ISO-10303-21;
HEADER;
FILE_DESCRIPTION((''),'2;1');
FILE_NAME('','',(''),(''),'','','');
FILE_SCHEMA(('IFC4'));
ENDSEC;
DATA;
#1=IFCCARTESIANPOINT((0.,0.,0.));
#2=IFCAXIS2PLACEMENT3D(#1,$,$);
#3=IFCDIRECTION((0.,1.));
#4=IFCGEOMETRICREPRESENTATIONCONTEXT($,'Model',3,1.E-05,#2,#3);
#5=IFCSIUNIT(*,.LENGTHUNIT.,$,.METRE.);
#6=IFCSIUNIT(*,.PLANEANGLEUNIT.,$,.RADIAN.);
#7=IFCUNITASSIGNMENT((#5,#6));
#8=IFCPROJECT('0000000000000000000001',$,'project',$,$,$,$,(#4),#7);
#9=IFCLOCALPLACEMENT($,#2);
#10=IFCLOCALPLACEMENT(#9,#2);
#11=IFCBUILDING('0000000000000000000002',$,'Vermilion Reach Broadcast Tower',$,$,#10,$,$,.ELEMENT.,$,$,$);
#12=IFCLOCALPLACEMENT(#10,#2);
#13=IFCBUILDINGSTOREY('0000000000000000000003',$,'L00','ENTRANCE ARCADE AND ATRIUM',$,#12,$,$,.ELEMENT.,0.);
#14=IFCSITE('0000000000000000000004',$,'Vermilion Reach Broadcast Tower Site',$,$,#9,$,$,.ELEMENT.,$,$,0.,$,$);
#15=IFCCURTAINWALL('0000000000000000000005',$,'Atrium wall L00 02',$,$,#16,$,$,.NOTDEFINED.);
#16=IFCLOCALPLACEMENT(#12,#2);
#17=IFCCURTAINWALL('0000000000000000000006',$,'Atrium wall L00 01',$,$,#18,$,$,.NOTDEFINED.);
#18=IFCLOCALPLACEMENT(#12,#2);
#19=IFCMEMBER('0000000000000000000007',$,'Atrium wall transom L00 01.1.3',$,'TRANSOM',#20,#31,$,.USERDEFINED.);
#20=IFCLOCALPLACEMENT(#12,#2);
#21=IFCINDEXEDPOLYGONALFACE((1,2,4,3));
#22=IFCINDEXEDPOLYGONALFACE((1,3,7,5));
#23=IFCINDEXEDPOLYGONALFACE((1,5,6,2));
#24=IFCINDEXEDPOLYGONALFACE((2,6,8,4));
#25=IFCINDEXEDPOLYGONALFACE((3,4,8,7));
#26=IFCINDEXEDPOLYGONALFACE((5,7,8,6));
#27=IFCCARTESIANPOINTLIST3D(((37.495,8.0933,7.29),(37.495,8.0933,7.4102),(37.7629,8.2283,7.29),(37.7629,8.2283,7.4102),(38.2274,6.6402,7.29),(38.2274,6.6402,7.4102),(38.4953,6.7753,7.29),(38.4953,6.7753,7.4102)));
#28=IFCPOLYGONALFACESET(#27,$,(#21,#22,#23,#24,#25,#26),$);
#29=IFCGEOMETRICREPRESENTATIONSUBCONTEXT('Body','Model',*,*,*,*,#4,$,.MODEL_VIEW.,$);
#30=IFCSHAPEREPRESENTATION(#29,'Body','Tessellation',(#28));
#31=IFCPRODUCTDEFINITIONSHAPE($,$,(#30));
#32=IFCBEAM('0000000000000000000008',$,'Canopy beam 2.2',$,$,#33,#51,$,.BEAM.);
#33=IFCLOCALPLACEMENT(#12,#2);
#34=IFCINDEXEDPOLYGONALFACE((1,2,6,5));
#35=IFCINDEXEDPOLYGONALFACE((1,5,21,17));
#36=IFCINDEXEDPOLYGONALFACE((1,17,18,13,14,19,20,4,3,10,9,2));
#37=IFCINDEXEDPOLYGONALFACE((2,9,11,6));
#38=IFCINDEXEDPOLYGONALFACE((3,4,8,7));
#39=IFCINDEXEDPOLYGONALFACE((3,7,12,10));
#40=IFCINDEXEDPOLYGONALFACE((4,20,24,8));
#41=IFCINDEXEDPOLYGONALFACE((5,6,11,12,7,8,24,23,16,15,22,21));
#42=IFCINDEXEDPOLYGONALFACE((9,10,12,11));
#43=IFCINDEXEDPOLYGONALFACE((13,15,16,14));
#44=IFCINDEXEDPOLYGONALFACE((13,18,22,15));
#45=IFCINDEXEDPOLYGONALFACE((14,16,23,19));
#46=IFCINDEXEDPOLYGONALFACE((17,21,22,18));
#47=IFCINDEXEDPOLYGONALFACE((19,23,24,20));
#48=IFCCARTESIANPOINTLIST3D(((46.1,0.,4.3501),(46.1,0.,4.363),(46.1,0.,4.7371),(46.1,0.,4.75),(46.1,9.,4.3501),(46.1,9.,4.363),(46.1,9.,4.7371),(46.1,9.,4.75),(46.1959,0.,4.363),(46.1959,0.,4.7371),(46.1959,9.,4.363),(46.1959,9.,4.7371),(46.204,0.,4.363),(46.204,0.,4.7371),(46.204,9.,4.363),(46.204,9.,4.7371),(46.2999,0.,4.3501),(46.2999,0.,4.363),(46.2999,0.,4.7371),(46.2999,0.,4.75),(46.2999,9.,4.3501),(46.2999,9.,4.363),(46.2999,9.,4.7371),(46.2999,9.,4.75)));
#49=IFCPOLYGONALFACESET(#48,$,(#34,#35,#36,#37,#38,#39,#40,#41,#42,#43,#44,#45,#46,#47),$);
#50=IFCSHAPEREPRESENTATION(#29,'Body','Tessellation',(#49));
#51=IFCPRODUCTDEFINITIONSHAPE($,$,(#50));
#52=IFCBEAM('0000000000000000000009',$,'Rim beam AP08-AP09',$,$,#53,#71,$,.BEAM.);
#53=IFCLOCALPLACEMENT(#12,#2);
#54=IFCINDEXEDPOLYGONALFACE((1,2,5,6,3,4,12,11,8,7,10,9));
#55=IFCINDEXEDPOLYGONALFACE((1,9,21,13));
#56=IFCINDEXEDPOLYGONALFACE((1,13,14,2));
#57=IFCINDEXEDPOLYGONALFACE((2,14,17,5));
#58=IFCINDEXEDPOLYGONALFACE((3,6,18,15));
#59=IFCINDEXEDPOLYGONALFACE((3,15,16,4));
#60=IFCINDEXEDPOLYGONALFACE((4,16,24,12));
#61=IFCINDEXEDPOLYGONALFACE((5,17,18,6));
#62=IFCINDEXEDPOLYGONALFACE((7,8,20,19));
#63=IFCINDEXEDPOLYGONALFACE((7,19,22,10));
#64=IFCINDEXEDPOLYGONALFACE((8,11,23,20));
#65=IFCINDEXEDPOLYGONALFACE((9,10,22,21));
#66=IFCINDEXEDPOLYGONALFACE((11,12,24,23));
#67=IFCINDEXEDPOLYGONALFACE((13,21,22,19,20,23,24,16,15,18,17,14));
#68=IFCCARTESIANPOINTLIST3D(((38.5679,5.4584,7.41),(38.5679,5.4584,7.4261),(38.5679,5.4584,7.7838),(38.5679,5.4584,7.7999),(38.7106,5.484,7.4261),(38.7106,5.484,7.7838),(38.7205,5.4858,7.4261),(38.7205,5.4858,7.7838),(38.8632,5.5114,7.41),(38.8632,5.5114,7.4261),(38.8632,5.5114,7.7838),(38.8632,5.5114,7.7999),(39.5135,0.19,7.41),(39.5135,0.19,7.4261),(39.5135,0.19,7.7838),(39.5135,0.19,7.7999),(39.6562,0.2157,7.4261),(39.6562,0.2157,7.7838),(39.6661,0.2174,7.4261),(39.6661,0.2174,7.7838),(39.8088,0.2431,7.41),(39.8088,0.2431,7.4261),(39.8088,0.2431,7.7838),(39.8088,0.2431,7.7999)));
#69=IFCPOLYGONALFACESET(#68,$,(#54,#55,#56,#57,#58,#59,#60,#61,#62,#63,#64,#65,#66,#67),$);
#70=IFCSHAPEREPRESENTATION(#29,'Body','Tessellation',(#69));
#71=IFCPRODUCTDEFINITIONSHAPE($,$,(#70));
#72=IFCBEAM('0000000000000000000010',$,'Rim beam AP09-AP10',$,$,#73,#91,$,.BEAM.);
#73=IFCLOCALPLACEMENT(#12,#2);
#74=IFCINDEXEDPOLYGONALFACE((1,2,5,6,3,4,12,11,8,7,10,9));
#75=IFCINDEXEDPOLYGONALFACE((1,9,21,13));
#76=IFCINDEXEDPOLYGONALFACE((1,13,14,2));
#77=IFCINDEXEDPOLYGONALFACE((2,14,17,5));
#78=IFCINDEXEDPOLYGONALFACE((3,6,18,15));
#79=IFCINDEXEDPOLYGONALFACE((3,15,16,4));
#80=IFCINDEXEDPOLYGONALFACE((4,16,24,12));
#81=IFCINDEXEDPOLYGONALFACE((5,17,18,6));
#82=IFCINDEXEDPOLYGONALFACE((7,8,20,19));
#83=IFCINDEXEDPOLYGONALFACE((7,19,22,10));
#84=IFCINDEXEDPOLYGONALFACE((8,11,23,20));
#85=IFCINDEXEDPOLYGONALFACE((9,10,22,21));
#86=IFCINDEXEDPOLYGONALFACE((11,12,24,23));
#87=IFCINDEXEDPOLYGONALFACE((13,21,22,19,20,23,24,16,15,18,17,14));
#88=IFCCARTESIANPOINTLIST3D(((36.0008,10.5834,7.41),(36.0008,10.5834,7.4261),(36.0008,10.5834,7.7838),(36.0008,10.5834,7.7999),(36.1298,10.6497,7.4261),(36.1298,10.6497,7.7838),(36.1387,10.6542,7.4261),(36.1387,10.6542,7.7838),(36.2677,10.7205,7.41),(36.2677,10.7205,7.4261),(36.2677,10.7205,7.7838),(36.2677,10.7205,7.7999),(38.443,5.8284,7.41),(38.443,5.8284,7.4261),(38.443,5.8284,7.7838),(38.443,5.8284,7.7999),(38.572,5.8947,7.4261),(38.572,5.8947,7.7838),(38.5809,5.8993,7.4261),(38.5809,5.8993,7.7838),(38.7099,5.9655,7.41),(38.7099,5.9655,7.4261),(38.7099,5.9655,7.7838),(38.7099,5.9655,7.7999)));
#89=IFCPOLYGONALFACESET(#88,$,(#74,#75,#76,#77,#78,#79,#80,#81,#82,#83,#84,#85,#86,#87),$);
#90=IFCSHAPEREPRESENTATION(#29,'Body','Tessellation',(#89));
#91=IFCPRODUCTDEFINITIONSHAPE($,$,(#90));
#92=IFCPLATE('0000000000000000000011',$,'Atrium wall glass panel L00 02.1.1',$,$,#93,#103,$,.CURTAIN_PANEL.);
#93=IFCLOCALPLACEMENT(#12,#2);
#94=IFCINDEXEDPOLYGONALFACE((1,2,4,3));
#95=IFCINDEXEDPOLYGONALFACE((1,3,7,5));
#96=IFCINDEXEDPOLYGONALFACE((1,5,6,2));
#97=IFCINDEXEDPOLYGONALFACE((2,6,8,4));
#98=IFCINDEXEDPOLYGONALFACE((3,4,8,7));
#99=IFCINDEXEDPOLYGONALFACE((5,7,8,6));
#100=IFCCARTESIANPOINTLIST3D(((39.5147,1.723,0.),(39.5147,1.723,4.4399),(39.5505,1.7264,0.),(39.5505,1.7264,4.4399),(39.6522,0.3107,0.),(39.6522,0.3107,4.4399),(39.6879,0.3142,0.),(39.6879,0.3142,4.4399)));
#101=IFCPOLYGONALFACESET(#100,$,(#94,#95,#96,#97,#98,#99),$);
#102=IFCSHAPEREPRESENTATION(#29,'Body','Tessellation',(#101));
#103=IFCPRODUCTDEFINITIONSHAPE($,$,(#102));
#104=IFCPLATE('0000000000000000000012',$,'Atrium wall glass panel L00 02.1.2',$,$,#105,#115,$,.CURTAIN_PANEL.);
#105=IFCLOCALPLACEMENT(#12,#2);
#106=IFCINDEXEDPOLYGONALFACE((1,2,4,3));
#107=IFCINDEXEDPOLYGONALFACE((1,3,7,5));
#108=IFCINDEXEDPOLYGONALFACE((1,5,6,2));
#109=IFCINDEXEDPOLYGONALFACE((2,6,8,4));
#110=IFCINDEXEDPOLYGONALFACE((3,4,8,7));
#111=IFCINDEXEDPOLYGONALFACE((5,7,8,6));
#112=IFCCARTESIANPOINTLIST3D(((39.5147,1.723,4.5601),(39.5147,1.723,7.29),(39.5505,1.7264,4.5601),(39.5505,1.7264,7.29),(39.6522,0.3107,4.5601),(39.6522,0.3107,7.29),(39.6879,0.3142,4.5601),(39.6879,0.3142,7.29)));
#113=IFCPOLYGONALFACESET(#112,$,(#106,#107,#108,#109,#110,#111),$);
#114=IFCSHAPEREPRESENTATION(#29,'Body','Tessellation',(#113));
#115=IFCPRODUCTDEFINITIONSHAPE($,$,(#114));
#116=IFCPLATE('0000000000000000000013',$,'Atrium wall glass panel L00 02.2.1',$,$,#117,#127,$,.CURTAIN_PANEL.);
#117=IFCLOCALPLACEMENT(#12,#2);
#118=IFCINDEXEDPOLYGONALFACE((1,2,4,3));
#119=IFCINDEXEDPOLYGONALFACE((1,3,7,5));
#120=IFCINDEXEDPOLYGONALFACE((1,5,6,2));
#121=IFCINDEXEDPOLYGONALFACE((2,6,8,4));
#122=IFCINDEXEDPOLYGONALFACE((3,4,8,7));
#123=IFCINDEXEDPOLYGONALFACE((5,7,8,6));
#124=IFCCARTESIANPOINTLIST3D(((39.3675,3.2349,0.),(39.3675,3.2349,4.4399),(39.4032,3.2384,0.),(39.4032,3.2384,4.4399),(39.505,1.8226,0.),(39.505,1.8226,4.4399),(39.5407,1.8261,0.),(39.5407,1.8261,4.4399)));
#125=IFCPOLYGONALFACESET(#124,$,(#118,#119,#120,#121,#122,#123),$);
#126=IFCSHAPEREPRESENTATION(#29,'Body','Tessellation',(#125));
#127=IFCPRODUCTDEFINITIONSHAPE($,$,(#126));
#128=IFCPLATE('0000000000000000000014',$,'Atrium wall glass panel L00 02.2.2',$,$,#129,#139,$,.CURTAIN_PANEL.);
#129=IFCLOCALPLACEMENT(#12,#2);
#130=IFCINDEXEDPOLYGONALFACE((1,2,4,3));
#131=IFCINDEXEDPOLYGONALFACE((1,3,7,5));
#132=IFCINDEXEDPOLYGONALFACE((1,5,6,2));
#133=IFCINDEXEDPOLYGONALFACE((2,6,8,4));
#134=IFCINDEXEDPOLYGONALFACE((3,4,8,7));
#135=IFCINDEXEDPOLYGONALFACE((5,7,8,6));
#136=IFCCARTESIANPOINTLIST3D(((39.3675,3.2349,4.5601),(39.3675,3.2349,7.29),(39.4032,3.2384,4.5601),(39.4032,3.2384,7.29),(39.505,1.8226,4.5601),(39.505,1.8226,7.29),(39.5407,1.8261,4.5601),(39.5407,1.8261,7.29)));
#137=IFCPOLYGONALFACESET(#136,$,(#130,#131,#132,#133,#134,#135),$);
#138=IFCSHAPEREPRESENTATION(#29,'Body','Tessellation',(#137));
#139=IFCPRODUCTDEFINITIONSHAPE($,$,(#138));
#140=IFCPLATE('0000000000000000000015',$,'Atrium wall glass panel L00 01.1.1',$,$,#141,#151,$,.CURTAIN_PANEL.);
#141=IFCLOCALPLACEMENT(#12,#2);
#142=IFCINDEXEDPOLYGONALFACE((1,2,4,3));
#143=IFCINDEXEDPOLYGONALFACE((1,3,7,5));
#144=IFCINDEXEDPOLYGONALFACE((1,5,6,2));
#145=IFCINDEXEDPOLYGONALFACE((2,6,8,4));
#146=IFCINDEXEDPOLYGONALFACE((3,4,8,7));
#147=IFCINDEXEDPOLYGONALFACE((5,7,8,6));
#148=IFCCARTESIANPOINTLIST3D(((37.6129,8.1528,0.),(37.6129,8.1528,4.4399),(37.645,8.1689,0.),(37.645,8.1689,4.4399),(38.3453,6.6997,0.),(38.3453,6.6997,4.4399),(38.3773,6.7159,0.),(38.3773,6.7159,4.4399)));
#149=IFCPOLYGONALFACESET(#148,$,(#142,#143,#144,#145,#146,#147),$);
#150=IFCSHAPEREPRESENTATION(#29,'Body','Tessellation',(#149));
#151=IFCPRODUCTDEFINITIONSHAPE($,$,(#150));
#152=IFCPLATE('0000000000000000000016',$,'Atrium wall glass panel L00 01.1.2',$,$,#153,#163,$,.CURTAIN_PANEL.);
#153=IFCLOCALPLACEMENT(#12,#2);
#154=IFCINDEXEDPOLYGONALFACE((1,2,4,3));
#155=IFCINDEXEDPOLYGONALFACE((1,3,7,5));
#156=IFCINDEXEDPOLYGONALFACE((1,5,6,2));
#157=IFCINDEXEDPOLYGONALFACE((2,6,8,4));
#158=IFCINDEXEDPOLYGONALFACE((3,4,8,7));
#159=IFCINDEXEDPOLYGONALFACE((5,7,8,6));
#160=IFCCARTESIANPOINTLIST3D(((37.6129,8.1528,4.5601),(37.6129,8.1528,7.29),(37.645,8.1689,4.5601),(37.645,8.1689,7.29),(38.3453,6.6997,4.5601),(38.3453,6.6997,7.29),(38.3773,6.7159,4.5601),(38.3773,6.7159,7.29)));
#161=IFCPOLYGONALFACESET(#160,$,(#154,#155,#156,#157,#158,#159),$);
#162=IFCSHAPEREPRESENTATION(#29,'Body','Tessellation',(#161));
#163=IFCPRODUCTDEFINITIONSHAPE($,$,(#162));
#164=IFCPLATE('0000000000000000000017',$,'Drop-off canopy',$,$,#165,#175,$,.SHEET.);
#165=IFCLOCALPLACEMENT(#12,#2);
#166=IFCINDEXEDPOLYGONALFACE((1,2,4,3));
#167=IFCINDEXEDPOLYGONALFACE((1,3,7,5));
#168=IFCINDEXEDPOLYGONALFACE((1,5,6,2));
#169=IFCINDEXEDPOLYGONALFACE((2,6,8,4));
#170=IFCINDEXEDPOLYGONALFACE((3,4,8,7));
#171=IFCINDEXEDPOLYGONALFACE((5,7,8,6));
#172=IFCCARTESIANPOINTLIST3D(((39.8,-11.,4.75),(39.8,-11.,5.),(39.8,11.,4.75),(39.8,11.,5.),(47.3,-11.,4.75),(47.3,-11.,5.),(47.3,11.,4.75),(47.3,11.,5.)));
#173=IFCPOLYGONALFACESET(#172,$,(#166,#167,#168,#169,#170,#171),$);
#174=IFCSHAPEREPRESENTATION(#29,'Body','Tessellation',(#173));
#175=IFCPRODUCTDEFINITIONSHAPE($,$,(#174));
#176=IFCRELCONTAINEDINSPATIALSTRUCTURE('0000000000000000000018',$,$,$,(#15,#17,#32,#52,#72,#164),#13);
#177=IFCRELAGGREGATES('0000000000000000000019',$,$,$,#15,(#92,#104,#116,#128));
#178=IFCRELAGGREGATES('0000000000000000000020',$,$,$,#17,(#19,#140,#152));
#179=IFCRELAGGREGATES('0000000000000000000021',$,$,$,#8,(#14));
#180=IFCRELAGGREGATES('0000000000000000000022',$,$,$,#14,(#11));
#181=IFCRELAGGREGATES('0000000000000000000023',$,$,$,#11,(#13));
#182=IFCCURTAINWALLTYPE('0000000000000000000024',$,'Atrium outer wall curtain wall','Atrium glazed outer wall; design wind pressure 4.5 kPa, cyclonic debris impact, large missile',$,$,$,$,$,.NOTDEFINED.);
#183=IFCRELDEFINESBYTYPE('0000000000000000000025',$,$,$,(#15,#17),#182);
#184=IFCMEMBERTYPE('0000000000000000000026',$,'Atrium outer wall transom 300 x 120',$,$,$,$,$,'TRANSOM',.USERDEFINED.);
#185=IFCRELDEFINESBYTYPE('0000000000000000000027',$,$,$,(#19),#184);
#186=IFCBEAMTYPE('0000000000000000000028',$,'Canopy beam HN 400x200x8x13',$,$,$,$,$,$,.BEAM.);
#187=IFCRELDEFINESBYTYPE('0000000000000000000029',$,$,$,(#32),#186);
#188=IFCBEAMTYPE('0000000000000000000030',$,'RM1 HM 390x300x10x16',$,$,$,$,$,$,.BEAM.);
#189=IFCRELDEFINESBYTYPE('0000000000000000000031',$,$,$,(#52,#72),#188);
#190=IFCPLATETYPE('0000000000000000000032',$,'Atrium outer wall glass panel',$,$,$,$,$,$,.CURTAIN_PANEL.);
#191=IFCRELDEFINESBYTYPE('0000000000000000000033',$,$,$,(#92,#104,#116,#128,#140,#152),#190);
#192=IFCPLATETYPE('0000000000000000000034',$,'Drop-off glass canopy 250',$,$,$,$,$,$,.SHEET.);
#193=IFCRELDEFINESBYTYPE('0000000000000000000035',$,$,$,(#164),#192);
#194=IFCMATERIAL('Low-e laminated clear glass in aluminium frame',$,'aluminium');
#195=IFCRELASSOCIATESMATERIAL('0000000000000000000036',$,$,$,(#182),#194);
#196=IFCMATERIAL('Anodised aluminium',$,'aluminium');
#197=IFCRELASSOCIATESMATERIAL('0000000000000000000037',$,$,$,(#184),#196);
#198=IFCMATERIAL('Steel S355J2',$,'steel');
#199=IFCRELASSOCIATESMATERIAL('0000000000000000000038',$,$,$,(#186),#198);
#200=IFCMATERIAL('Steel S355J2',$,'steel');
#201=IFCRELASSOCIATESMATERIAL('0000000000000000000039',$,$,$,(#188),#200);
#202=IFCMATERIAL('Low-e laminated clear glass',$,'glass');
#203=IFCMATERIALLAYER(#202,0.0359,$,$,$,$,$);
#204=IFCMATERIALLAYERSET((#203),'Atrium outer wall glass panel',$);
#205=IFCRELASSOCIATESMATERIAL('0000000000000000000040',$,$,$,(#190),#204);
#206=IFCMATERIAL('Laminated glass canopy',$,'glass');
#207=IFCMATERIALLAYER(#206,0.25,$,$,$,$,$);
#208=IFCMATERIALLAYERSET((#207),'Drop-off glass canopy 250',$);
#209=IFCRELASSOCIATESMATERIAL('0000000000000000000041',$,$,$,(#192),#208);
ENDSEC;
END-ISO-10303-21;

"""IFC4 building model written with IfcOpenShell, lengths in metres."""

from ifc_helpers import new_model, si_unit, direction, frame, origin, origin_2d, place, context, subcontext, project, spatial, rectangle, i_section, extrude, material, layer, layer_set, material_profile, profile_set, type_object, element, aggregate, save


model = new_model("IFC4")

# Units and contexts
model_context = context("Model", 3, precision=1e-05, world=origin(), true_north=direction((0.0, 1.0)))
body_context = subcontext(model_context, "Body", "Model", "MODEL_VIEW")
ifc_project = project(units=[si_unit("LENGTHUNIT", "METRE"), si_unit("PLANEANGLEUNIT", "RADIAN")], contexts=[model_context])

# Site, building, storey
site_placement = place(None, origin())
site = spatial("IfcSite", under=ifc_project, at=site_placement, Name="Vermilion Reach Broadcast Tower Site", CompositionType="ELEMENT", RefElevation=0.0)
building_placement = place(site_placement, origin())
building = spatial("IfcBuilding", under=site, at=building_placement, Name="Vermilion Reach Broadcast Tower", CompositionType="ELEMENT")
storey_placement = place(building_placement, origin())
storey = spatial("IfcBuildingStorey", under=building, at=storey_placement, Name="L00", Description="ENTRANCE ARCADE AND ATRIUM", CompositionType="ELEMENT", Elevation=0.0)

# Curtain walls
ifc_material_1 = material(Name="Low-e laminated clear glass in aluminium frame", Category="aluminium")
curtain_wall_type = type_object("IfcCurtainWallType", Name="Atrium outer wall curtain wall", Description="Atrium glazed outer wall; design wind pressure 4.5 kPa, cyclonic debris impact, large missile", PredefinedType="NOTDEFINED", material=ifc_material_1)
placement = place(storey_placement, origin())
curtain_wall_1 = element("IfcCurtainWall", 1, at=placement, inside=storey, type_object=curtain_wall_type, Name="Atrium wall L00 02", PredefinedType="NOTDEFINED")
curtain_wall_2 = element("IfcCurtainWall", 2, at=placement, inside=storey, type_object=curtain_wall_type, Name="Atrium wall L00 01", PredefinedType="NOTDEFINED")

# Member
ifc_material_2 = material(Name="Anodised aluminium", Category="aluminium")
ifc_material_profile_1 = material_profile(ifc_material_2, rectangle(XDim=0.3, YDim=0.1201, at=origin_2d()), Name="Atrium outer wall transom 300 x 120")
ifc_profile_set_1 = profile_set([ifc_material_profile_1], Name="Anodised aluminium")
member_type_1 = type_object("IfcMemberType", Name="Atrium outer wall transom 300 x 120", ElementType="TRANSOM", PredefinedType="USERDEFINED", material=ifc_profile_set_1)
member_1_placement = place(storey_placement, frame((38.3613, 6.7078, 7.3501), z_axis=(-0.450092, 0.892982, 0.0), x_axis=(-0.892982, -0.450092, 0.0)))
member_1 = element("IfcMember", 3, at=member_1_placement, type_object=member_type_1, Name="Atrium wall transom L00 01.1.3", ObjectType="TRANSOM", PredefinedType="USERDEFINED", context=body_context, shape_type="SweptSolid", body=[
    extrude(rectangle(XDim=0.3, YDim=0.1201, at=origin_2d()), origin(), (0.0, 0.0, 1.0), 1.6272),
])

# Beams
ifc_material_3 = material(Name="Steel S355J2", Category="steel")
ifc_material_profile_2 = material_profile(ifc_material_3, i_section(OverallWidth=0.2, OverallDepth=0.3999, WebThickness=0.0081, FlangeThickness=0.0129, at=origin_2d()), Name="S355J2 HN 400x200x8x13")
ifc_profile_set_2 = profile_set([ifc_material_profile_2], Name="Steel S355J2")
beam_type_1 = type_object("IfcBeamType", Name="Canopy beam HN 400x200x8x13", PredefinedType="BEAM", material=ifc_profile_set_2)
beam_1_placement = place(storey_placement, frame((46.2, 0.0, 4.55), z_axis=(0.0, 1.0, 0.0), x_axis=(-1.0, 0.0, 0.0)))
element("IfcBeam", 4, at=beam_1_placement, inside=storey, type_object=beam_type_1, Name="Canopy beam 2.2", PredefinedType="BEAM", context=body_context, shape_type="SweptSolid", body=[
    extrude(i_section(OverallWidth=0.2, OverallDepth=0.3999, WebThickness=0.0081, FlangeThickness=0.0129, at=origin_2d()), origin(), (0.0, 0.0, 1.0), 9.0),
])
ifc_material_4 = material(Name="Steel S355J2", Category="steel")
ifc_material_profile_3 = material_profile(ifc_material_4, i_section(OverallWidth=0.3, OverallDepth=0.3899, WebThickness=0.01, FlangeThickness=0.0161, at=origin_2d()), Name="S355J2 HM 390x300x10x16")
ifc_profile_set_3 = profile_set([ifc_material_profile_3], Name="Steel S355J2")
beam_type_2 = type_object("IfcBeamType", Name="RM1 HM 390x300x10x16", PredefinedType="BEAM", material=ifc_profile_set_3)
beam_2_placement = place(storey_placement, frame((39.6611, 0.2166, 7.605), z_axis=(-0.176657, 0.984272, 0.0), x_axis=(-0.984272, -0.176657, 0.0)))
element("IfcBeam", 5, at=beam_2_placement, inside=storey, type_object=beam_type_2, Name="Rim beam AP08-AP09", PredefinedType="BEAM", context=body_context, shape_type="SweptSolid", body=[
    extrude(i_section(OverallWidth=0.3, OverallDepth=0.3899, WebThickness=0.01, FlangeThickness=0.0161, at=origin_2d()), origin(), (0.0, 0.0, 1.0), 5.3525),
])
beam_3_placement = place(storey_placement, frame((38.5764, 5.897, 7.605), z_axis=(-0.45687, 0.889533, 0.0), x_axis=(-0.889533, -0.45687, 0.0)))
element("IfcBeam", 6, at=beam_3_placement, inside=storey, type_object=beam_type_2, Name="Rim beam AP09-AP10", PredefinedType="BEAM", context=body_context, shape_type="SweptSolid", body=[
    extrude(i_section(OverallWidth=0.3, OverallDepth=0.3899, WebThickness=0.01, FlangeThickness=0.0161, at=origin_2d()), origin(), (0.0, 0.0, 1.0), 5.3455),
])

# Plates
ifc_material_5 = material(Name="Low-e laminated clear glass", Category="glass")
ifc_layer_1 = layer(ifc_material_5, 0.0359)
ifc_layer_set_1 = layer_set([ifc_layer_1], Name="Atrium outer wall glass panel")
plate_type_1 = type_object("IfcPlateType", Name="Atrium outer wall glass panel", PredefinedType="CURTAIN_PANEL", material=ifc_layer_set_1)
plate_1_placement = place(storey_placement, frame((39.6013, 1.0186, 0.0), z_axis=(0.0, 0.0, 1.0), x_axis=(-0.096861, 0.995298, 0.0)))
plate_1 = element("IfcPlate", 7, at=plate_1_placement, type_object=plate_type_1, Name="Atrium wall glass panel L00 02.1.1", PredefinedType="CURTAIN_PANEL", context=body_context, shape_type="SweptSolid", body=[
    extrude(rectangle(XDim=1.4189, YDim=0.0359, at=origin_2d()), origin(), (0.0, 0.0, 1.0), 4.4399),
])
plate_2_placement = place(storey_placement, frame((39.6013, 1.0186, 4.5601), z_axis=(0.0, 0.0, 1.0), x_axis=(-0.096861, 0.995298, 0.0)))
plate_2 = element("IfcPlate", 8, at=plate_2_placement, type_object=plate_type_1, Name="Atrium wall glass panel L00 02.1.2", PredefinedType="CURTAIN_PANEL", context=body_context, shape_type="SweptSolid", body=[
    extrude(rectangle(XDim=1.4189, YDim=0.0359, at=origin_2d()), origin(), (0.0, 0.0, 1.0), 2.73),
])
plate_3_placement = place(storey_placement, frame((39.4541, 2.5305, 0.0), z_axis=(0.0, 0.0, 1.0), x_axis=(-0.096861, 0.995298, 0.0)))
plate_3 = element("IfcPlate", 9, at=plate_3_placement, type_object=plate_type_1, Name="Atrium wall glass panel L00 02.2.1", PredefinedType="CURTAIN_PANEL", context=body_context, shape_type="SweptSolid", body=[
    extrude(rectangle(XDim=1.4189, YDim=0.0359, at=origin_2d()), origin(), (0.0, 0.0, 1.0), 4.4399),
])
plate_4_placement = place(storey_placement, frame((39.4541, 2.5305, 4.5601), z_axis=(0.0, 0.0, 1.0), x_axis=(-0.096861, 0.995298, 0.0)))
plate_4 = element("IfcPlate", 10, at=plate_4_placement, type_object=plate_type_1, Name="Atrium wall glass panel L00 02.2.2", PredefinedType="CURTAIN_PANEL", context=body_context, shape_type="SweptSolid", body=[
    extrude(rectangle(XDim=1.4189, YDim=0.0359, at=origin_2d()), origin(), (0.0, 0.0, 1.0), 2.73),
])
aggregate(curtain_wall_1, [plate_1, plate_2, plate_3, plate_4])
plate_5_placement = place(storey_placement, frame((37.9951, 7.4343, 0.0), z_axis=(0.0, 0.0, 1.0), x_axis=(-0.450072, 0.892992, 0.0)))
plate_5 = element("IfcPlate", 11, at=plate_5_placement, type_object=plate_type_1, Name="Atrium wall glass panel L00 01.1.1", PredefinedType="CURTAIN_PANEL", context=body_context, shape_type="SweptSolid", body=[
    extrude(rectangle(XDim=1.6272, YDim=0.0359, at=origin_2d()), origin(), (0.0, 0.0, 1.0), 4.4399),
])
plate_6_placement = place(storey_placement, frame((37.9951, 7.4343, 4.5601), z_axis=(0.0, 0.0, 1.0), x_axis=(-0.450072, 0.892992, 0.0)))
plate_6 = element("IfcPlate", 12, at=plate_6_placement, type_object=plate_type_1, Name="Atrium wall glass panel L00 01.1.2", PredefinedType="CURTAIN_PANEL", context=body_context, shape_type="SweptSolid", body=[
    extrude(rectangle(XDim=1.6272, YDim=0.0359, at=origin_2d()), origin(), (0.0, 0.0, 1.0), 2.73),
])
aggregate(curtain_wall_2, [member_1, plate_5, plate_6])
ifc_material_6 = material(Name="Laminated glass canopy", Category="glass")
ifc_layer_2 = layer(ifc_material_6, 0.25)
ifc_layer_set_2 = layer_set([ifc_layer_2], Name="Drop-off glass canopy 250")
plate_type_2 = type_object("IfcPlateType", Name="Drop-off glass canopy 250", PredefinedType="SHEET", material=ifc_layer_set_2)
plate_7_placement = place(storey_placement, frame((43.55, 0.0, 4.75), z_axis=(0.0, 0.0, 1.0), x_axis=(1.0, 0.0, 0.0)))
element("IfcPlate", 13, at=plate_7_placement, inside=storey, type_object=plate_type_2, Name="Drop-off canopy", PredefinedType="SHEET", context=body_context, shape_type="SweptSolid", body=[
    extrude(rectangle(XDim=7.5, YDim=22.0, at=origin_2d()), origin(), (0.0, 0.0, 1.0), 0.25),
])

save(model, "model.ifc")
